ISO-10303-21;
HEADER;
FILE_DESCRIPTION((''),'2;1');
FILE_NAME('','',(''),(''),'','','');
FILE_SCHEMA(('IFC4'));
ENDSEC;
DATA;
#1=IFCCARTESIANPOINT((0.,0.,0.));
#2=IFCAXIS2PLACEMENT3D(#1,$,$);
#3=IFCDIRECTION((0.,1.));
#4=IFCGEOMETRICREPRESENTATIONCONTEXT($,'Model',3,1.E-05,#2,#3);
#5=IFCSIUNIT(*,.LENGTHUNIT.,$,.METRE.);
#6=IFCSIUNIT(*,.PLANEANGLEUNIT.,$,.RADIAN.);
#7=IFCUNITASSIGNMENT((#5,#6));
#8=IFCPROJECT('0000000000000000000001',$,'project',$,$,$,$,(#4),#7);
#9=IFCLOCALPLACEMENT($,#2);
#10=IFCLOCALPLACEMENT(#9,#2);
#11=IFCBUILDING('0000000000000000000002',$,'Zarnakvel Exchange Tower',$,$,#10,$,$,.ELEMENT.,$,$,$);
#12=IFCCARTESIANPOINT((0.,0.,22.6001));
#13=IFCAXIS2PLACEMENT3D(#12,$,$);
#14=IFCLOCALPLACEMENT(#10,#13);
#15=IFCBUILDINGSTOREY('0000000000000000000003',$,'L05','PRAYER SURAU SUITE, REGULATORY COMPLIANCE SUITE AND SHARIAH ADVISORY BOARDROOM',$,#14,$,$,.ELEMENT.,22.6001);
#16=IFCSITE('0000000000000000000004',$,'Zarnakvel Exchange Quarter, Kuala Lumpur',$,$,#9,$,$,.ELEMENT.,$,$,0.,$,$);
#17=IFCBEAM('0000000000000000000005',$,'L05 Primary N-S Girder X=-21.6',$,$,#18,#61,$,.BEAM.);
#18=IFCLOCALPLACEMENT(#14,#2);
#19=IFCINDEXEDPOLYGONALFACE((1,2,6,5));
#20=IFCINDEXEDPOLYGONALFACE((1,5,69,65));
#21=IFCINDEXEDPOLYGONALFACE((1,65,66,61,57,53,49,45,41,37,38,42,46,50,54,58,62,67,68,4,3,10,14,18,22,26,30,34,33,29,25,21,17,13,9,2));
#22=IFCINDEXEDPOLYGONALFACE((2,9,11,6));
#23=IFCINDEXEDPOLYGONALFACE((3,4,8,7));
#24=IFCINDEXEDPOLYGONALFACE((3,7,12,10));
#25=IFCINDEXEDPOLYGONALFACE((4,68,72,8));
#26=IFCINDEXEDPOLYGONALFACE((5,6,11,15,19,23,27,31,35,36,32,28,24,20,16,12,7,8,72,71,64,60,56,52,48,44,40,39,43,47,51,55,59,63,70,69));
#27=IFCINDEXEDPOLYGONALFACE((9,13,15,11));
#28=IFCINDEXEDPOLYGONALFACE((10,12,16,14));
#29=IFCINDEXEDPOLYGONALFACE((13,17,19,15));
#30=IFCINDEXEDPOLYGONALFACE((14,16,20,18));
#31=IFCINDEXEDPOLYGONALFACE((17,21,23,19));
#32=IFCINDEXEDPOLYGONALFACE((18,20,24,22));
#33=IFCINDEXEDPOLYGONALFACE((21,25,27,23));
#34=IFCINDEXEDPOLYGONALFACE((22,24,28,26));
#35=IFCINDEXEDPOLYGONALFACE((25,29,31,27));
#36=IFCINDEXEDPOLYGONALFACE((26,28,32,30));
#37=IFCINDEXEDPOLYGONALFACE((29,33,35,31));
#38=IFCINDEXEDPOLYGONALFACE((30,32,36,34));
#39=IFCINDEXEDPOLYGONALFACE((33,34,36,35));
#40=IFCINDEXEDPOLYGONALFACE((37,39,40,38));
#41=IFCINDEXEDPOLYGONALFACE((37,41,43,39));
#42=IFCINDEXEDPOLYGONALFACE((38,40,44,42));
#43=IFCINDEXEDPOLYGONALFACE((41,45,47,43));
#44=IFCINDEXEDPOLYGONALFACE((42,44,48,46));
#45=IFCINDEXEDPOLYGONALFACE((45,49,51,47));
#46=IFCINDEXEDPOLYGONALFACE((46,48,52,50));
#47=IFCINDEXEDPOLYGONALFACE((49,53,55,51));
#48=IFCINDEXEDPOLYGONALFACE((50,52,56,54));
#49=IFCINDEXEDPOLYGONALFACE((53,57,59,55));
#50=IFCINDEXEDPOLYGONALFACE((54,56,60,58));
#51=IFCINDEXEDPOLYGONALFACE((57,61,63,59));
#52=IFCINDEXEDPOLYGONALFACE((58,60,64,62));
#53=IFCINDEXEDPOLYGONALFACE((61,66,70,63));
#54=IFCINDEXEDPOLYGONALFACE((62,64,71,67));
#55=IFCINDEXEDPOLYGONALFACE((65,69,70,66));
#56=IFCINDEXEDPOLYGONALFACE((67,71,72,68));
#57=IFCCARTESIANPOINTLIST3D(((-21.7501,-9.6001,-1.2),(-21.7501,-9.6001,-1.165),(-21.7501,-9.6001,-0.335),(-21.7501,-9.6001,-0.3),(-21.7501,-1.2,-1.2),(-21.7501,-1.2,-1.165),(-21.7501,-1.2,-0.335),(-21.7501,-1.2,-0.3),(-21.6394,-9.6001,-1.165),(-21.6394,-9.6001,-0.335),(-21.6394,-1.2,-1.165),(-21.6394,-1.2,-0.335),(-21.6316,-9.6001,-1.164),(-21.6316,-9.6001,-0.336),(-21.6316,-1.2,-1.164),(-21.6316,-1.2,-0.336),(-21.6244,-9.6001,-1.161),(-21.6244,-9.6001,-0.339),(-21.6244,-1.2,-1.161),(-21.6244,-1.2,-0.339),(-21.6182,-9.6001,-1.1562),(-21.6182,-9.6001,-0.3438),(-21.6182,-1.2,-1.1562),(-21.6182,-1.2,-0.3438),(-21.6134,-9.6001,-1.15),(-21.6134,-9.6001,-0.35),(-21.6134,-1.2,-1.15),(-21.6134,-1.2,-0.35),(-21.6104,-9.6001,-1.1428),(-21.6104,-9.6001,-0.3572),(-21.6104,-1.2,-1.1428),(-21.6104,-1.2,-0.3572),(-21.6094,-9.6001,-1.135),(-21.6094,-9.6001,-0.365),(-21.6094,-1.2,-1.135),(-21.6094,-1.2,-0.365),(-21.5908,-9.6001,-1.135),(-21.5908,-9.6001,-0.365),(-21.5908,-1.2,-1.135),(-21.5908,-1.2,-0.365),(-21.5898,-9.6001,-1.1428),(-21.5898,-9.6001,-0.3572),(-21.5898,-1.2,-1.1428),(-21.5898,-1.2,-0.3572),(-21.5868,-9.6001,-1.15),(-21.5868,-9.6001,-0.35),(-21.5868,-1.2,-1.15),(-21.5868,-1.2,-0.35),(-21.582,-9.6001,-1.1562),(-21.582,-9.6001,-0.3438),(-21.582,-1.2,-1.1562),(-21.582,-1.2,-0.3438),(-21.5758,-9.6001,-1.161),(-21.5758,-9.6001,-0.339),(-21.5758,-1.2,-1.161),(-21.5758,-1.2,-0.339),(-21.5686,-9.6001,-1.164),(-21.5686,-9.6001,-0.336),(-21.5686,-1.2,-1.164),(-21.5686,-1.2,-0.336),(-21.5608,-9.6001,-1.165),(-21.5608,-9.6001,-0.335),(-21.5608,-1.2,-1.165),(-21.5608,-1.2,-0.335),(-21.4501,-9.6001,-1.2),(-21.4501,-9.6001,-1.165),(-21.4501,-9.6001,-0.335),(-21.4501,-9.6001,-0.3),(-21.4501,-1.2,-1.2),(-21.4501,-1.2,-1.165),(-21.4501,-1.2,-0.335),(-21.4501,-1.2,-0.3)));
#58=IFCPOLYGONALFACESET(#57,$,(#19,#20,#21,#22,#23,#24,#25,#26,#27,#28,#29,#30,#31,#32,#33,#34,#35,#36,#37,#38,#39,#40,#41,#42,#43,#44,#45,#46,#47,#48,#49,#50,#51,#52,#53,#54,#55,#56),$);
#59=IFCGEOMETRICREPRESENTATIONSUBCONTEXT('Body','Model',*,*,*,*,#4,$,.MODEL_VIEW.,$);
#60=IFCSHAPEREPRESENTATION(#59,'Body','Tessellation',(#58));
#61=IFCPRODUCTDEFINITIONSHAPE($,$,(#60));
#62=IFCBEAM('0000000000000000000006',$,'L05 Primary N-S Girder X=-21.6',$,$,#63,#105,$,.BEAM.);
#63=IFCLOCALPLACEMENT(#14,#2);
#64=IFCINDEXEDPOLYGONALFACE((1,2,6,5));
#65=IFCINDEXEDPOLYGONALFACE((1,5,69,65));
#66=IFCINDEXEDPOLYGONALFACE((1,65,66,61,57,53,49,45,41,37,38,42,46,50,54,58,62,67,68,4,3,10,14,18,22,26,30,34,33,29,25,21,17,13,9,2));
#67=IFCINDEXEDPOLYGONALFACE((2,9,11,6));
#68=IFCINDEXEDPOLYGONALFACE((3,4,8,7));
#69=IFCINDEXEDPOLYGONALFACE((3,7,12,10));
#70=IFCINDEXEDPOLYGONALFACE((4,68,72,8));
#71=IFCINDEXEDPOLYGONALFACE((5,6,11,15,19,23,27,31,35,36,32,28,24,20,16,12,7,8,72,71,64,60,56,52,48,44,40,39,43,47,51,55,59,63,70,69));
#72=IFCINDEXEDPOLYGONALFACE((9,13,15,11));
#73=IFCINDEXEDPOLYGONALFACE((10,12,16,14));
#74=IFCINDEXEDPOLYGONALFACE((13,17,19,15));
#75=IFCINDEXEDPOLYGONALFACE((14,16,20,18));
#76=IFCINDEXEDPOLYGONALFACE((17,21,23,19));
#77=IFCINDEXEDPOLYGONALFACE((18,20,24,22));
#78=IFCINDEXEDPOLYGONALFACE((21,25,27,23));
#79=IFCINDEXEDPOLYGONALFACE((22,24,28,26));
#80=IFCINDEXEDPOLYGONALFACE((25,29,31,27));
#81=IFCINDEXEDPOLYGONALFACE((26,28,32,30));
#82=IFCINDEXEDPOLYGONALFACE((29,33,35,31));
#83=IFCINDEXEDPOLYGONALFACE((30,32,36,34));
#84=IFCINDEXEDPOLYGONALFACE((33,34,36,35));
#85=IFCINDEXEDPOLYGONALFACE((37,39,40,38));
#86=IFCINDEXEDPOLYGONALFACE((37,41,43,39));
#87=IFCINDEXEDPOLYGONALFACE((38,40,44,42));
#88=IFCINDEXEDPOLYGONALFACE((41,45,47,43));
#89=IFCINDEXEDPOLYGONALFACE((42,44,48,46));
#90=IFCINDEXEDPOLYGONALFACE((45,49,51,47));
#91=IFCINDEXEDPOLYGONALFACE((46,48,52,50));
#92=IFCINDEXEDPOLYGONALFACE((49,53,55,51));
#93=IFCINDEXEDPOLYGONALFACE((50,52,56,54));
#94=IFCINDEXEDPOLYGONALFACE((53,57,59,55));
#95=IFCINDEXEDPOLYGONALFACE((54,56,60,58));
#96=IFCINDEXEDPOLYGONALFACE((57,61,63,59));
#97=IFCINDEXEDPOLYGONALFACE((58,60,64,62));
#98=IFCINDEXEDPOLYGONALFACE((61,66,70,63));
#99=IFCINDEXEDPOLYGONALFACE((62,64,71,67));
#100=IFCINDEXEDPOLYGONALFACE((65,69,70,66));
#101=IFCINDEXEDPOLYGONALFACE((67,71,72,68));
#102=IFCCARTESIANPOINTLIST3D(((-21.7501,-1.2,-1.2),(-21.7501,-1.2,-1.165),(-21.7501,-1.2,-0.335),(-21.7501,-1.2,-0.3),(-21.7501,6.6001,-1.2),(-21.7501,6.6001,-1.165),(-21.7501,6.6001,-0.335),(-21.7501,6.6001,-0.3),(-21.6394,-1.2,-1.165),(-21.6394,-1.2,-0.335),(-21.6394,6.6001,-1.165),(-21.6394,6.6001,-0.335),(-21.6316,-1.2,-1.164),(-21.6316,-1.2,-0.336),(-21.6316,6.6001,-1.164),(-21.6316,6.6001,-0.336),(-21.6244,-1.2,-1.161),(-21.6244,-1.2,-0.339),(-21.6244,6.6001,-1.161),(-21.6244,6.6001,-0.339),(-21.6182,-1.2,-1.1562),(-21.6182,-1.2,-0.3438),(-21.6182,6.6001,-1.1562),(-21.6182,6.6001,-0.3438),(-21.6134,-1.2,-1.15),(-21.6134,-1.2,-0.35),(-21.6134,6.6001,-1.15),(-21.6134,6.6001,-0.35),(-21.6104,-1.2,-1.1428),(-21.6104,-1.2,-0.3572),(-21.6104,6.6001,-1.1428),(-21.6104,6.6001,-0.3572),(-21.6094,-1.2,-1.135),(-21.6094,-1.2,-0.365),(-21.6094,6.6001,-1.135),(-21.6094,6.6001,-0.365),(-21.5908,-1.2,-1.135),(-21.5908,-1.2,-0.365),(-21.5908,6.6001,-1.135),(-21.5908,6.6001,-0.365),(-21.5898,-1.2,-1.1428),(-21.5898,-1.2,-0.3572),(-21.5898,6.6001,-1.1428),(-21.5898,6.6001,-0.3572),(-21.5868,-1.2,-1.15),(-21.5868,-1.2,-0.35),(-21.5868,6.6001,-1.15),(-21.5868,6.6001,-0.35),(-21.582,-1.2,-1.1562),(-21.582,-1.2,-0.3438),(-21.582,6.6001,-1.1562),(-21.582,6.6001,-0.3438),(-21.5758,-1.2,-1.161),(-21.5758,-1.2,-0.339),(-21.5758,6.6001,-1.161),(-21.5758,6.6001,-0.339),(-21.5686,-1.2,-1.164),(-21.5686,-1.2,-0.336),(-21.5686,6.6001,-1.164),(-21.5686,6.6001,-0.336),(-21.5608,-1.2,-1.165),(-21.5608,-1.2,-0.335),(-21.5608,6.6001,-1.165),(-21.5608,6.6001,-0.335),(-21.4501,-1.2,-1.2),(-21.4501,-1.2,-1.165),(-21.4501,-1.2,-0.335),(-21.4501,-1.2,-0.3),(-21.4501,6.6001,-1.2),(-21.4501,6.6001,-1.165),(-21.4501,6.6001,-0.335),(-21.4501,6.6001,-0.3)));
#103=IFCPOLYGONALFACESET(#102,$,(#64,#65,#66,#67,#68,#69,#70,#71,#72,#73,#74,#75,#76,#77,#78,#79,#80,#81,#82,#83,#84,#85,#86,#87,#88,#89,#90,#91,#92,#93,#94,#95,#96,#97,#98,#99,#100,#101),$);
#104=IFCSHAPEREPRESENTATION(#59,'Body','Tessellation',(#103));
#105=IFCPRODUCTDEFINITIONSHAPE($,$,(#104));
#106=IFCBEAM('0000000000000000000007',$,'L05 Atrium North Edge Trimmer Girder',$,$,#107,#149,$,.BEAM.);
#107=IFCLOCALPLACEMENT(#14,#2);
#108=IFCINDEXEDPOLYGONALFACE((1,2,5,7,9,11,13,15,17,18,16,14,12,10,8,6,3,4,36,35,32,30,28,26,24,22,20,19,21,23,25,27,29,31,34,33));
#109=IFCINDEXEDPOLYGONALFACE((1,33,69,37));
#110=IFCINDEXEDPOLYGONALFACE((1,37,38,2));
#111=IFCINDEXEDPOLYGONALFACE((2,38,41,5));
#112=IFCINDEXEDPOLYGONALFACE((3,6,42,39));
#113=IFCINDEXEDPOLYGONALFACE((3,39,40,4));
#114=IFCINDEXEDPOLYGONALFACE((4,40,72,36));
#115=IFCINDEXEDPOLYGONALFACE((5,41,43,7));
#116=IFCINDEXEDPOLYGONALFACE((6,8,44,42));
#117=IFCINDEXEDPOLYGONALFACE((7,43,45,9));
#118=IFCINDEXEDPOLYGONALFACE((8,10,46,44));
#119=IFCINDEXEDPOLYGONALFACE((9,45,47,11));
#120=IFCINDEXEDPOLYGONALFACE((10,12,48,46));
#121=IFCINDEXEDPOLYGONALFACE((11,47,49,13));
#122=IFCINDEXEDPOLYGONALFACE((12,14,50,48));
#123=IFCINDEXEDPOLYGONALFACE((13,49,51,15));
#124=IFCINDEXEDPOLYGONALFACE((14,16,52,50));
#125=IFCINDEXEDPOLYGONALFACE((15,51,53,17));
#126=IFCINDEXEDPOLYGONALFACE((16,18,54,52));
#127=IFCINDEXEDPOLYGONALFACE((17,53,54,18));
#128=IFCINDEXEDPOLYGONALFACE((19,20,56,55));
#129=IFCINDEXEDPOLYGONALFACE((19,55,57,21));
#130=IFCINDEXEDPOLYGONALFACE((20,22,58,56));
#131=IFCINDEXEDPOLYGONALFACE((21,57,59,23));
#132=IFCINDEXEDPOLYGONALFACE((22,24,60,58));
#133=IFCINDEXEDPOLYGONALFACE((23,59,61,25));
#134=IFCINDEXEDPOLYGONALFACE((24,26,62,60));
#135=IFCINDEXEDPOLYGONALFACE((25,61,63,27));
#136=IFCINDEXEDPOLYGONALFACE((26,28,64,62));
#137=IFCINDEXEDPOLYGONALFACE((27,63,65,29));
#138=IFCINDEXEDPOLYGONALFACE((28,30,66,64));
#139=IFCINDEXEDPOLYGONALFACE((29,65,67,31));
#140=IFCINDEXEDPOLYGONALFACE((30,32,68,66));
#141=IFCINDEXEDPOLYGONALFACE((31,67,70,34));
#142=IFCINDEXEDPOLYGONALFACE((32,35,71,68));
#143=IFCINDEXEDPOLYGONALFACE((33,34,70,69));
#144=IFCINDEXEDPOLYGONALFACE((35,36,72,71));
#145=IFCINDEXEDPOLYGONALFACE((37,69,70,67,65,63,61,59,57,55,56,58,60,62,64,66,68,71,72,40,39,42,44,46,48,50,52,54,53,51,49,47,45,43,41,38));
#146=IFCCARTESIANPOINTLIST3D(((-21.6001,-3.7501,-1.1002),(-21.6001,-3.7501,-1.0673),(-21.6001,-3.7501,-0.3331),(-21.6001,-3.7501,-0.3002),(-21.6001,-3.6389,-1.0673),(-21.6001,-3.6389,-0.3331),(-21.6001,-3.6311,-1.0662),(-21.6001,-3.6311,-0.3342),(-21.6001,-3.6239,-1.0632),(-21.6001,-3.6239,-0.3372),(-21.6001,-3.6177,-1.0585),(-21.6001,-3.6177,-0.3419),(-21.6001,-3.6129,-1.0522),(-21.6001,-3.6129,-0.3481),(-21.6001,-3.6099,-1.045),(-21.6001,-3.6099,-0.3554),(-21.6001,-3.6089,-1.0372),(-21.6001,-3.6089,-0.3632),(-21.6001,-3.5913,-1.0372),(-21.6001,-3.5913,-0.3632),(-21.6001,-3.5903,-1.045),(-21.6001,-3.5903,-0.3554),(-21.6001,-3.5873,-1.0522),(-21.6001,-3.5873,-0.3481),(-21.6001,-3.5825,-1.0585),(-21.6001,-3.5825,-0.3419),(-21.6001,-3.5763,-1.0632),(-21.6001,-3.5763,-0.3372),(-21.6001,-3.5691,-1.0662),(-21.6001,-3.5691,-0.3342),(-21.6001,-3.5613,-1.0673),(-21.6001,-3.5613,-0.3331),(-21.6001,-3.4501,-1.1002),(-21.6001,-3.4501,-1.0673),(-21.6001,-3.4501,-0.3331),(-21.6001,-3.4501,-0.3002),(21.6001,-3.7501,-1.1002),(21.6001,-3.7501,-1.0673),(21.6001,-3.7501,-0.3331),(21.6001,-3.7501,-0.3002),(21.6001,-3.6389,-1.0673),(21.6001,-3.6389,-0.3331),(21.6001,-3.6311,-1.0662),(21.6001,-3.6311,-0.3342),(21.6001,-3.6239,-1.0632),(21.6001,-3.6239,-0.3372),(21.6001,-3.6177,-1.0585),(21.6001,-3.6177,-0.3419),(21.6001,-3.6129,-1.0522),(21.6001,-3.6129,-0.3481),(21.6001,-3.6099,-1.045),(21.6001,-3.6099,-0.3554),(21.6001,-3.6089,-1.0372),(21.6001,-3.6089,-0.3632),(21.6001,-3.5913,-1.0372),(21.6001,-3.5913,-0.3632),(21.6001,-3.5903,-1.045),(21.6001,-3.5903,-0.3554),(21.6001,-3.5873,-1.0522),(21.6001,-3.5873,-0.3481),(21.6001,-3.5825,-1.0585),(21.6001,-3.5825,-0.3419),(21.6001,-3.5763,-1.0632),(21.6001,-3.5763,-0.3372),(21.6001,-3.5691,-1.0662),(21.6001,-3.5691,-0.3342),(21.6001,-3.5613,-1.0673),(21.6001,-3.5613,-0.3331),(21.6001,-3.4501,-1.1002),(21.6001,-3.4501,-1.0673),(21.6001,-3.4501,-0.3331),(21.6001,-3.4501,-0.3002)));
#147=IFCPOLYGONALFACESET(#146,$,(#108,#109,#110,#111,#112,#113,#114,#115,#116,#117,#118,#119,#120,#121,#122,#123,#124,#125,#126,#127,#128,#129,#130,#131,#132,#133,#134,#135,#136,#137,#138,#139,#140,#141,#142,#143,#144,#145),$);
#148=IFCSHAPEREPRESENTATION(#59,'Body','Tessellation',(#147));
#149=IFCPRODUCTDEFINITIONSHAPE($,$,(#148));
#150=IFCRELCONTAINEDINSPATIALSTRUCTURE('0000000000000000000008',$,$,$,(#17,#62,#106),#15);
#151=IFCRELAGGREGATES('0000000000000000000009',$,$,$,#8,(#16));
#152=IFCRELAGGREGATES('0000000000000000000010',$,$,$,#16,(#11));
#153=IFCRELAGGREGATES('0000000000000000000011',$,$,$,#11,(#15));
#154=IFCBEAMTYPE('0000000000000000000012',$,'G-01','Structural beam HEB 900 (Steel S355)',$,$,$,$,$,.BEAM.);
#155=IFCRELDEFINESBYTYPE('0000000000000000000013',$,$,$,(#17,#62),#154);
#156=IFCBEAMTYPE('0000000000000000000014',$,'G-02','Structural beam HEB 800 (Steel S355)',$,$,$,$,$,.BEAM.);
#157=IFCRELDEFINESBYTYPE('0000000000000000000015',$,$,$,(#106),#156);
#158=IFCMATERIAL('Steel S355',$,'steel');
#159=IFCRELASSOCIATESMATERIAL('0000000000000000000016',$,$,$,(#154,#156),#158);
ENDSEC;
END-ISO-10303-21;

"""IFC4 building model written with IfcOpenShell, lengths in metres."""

from ifc_helpers import new_model, si_unit, direction, frame, origin, origin_2d, place, context, subcontext, project, spatial, i_section, extrude, material, material_profile, profile_set, type_object, element, save


model = new_model("IFC4")

# Units and contexts
model_context = context("Model", 3, precision=1e-05, world=origin(), true_north=direction((0.0, 1.0)))
body_context = subcontext(model_context, "Body", "Model", "MODEL_VIEW")
ifc_project = project(units=[si_unit("LENGTHUNIT", "METRE"), si_unit("PLANEANGLEUNIT", "RADIAN")], contexts=[model_context])

# Site, building, storey
site_placement = place(None, origin())
site = spatial("IfcSite", under=ifc_project, at=site_placement, Name="Zarnakvel Exchange Quarter, Kuala Lumpur", CompositionType="ELEMENT", RefElevation=0.0)
building_placement = place(site_placement, origin())
building = spatial("IfcBuilding", under=site, at=building_placement, Name="Zarnakvel Exchange Tower", CompositionType="ELEMENT")
storey_placement = place(building_placement, frame((0.0, 0.0, 22.6001)))
storey = spatial("IfcBuildingStorey", under=building, at=storey_placement, Name="L05", Description="PRAYER SURAU SUITE, REGULATORY COMPLIANCE SUITE AND SHARIAH ADVISORY BOARDROOM", CompositionType="ELEMENT", Elevation=22.6001)

# Beams
ifc_material_1 = material(Name="Steel S355", Category="steel")
ifc_material_profile_1 = material_profile(ifc_material_1, i_section(OverallWidth=0.3, OverallDepth=0.8999, WebThickness=0.0186, FlangeThickness=0.0349, FilletRadius=0.03, at=origin_2d()))
ifc_profile_set_1 = profile_set([ifc_material_profile_1], Name="Steel S355")
beam_type_1 = type_object("IfcBeamType", Name="G-01", Description="Structural beam HEB 900 (Steel S355)", PredefinedType="BEAM", material=ifc_profile_set_1)
beam_1_placement = place(storey_placement, frame((-21.6001, -9.6001, -0.75), z_axis=(0.0, 1.0, 0.0), x_axis=(-1.0, 0.0, 0.0)))
element("IfcBeam", 1, at=beam_1_placement, inside=storey, type_object=beam_type_1, Name="L05 Primary N-S Girder X=-21.6", PredefinedType="BEAM", context=body_context, shape_type="SweptSolid", body=[
    extrude(i_section(OverallWidth=0.3, OverallDepth=0.8999, WebThickness=0.0186, FlangeThickness=0.0349, FilletRadius=0.03, at=origin_2d()), origin(), (0.0, 0.0, 1.0), 8.4001),
])
beam_2_placement = place(storey_placement, frame((-21.6001, -1.2, -0.75), z_axis=(0.0, 1.0, 0.0), x_axis=(-1.0, 0.0, 0.0)))
element("IfcBeam", 2, at=beam_2_placement, inside=storey, type_object=beam_type_1, Name="L05 Primary N-S Girder X=-21.6", PredefinedType="BEAM", context=body_context, shape_type="SweptSolid", body=[
    extrude(i_section(OverallWidth=0.3, OverallDepth=0.8999, WebThickness=0.0186, FlangeThickness=0.0349, FilletRadius=0.03, at=origin_2d()), origin(), (0.0, 0.0, 1.0), 7.8),
])
ifc_material_profile_2 = material_profile(ifc_material_1, i_section(OverallWidth=0.3, OverallDepth=0.8, WebThickness=0.0176, FlangeThickness=0.033, FilletRadius=0.03, at=origin_2d()))
ifc_profile_set_2 = profile_set([ifc_material_profile_2], Name="Steel S355")
beam_type_2 = type_object("IfcBeamType", Name="G-02", Description="Structural beam HEB 800 (Steel S355)", PredefinedType="BEAM", material=ifc_profile_set_2)
beam_3_placement = place(storey_placement, frame((-21.6001, -3.6001, -0.7002), z_axis=(1.0, 0.0, 0.0), x_axis=(0.0, 1.0, 0.0)))
element("IfcBeam", 3, at=beam_3_placement, inside=storey, type_object=beam_type_2, Name="L05 Atrium North Edge Trimmer Girder", PredefinedType="BEAM", context=body_context, shape_type="SweptSolid", body=[
    extrude(i_section(OverallWidth=0.3, OverallDepth=0.8, WebThickness=0.0176, FlangeThickness=0.033, FilletRadius=0.03, at=origin_2d()), origin(), (0.0, 0.0, 1.0), 43.2002),
])

save(model, "model.ifc")
